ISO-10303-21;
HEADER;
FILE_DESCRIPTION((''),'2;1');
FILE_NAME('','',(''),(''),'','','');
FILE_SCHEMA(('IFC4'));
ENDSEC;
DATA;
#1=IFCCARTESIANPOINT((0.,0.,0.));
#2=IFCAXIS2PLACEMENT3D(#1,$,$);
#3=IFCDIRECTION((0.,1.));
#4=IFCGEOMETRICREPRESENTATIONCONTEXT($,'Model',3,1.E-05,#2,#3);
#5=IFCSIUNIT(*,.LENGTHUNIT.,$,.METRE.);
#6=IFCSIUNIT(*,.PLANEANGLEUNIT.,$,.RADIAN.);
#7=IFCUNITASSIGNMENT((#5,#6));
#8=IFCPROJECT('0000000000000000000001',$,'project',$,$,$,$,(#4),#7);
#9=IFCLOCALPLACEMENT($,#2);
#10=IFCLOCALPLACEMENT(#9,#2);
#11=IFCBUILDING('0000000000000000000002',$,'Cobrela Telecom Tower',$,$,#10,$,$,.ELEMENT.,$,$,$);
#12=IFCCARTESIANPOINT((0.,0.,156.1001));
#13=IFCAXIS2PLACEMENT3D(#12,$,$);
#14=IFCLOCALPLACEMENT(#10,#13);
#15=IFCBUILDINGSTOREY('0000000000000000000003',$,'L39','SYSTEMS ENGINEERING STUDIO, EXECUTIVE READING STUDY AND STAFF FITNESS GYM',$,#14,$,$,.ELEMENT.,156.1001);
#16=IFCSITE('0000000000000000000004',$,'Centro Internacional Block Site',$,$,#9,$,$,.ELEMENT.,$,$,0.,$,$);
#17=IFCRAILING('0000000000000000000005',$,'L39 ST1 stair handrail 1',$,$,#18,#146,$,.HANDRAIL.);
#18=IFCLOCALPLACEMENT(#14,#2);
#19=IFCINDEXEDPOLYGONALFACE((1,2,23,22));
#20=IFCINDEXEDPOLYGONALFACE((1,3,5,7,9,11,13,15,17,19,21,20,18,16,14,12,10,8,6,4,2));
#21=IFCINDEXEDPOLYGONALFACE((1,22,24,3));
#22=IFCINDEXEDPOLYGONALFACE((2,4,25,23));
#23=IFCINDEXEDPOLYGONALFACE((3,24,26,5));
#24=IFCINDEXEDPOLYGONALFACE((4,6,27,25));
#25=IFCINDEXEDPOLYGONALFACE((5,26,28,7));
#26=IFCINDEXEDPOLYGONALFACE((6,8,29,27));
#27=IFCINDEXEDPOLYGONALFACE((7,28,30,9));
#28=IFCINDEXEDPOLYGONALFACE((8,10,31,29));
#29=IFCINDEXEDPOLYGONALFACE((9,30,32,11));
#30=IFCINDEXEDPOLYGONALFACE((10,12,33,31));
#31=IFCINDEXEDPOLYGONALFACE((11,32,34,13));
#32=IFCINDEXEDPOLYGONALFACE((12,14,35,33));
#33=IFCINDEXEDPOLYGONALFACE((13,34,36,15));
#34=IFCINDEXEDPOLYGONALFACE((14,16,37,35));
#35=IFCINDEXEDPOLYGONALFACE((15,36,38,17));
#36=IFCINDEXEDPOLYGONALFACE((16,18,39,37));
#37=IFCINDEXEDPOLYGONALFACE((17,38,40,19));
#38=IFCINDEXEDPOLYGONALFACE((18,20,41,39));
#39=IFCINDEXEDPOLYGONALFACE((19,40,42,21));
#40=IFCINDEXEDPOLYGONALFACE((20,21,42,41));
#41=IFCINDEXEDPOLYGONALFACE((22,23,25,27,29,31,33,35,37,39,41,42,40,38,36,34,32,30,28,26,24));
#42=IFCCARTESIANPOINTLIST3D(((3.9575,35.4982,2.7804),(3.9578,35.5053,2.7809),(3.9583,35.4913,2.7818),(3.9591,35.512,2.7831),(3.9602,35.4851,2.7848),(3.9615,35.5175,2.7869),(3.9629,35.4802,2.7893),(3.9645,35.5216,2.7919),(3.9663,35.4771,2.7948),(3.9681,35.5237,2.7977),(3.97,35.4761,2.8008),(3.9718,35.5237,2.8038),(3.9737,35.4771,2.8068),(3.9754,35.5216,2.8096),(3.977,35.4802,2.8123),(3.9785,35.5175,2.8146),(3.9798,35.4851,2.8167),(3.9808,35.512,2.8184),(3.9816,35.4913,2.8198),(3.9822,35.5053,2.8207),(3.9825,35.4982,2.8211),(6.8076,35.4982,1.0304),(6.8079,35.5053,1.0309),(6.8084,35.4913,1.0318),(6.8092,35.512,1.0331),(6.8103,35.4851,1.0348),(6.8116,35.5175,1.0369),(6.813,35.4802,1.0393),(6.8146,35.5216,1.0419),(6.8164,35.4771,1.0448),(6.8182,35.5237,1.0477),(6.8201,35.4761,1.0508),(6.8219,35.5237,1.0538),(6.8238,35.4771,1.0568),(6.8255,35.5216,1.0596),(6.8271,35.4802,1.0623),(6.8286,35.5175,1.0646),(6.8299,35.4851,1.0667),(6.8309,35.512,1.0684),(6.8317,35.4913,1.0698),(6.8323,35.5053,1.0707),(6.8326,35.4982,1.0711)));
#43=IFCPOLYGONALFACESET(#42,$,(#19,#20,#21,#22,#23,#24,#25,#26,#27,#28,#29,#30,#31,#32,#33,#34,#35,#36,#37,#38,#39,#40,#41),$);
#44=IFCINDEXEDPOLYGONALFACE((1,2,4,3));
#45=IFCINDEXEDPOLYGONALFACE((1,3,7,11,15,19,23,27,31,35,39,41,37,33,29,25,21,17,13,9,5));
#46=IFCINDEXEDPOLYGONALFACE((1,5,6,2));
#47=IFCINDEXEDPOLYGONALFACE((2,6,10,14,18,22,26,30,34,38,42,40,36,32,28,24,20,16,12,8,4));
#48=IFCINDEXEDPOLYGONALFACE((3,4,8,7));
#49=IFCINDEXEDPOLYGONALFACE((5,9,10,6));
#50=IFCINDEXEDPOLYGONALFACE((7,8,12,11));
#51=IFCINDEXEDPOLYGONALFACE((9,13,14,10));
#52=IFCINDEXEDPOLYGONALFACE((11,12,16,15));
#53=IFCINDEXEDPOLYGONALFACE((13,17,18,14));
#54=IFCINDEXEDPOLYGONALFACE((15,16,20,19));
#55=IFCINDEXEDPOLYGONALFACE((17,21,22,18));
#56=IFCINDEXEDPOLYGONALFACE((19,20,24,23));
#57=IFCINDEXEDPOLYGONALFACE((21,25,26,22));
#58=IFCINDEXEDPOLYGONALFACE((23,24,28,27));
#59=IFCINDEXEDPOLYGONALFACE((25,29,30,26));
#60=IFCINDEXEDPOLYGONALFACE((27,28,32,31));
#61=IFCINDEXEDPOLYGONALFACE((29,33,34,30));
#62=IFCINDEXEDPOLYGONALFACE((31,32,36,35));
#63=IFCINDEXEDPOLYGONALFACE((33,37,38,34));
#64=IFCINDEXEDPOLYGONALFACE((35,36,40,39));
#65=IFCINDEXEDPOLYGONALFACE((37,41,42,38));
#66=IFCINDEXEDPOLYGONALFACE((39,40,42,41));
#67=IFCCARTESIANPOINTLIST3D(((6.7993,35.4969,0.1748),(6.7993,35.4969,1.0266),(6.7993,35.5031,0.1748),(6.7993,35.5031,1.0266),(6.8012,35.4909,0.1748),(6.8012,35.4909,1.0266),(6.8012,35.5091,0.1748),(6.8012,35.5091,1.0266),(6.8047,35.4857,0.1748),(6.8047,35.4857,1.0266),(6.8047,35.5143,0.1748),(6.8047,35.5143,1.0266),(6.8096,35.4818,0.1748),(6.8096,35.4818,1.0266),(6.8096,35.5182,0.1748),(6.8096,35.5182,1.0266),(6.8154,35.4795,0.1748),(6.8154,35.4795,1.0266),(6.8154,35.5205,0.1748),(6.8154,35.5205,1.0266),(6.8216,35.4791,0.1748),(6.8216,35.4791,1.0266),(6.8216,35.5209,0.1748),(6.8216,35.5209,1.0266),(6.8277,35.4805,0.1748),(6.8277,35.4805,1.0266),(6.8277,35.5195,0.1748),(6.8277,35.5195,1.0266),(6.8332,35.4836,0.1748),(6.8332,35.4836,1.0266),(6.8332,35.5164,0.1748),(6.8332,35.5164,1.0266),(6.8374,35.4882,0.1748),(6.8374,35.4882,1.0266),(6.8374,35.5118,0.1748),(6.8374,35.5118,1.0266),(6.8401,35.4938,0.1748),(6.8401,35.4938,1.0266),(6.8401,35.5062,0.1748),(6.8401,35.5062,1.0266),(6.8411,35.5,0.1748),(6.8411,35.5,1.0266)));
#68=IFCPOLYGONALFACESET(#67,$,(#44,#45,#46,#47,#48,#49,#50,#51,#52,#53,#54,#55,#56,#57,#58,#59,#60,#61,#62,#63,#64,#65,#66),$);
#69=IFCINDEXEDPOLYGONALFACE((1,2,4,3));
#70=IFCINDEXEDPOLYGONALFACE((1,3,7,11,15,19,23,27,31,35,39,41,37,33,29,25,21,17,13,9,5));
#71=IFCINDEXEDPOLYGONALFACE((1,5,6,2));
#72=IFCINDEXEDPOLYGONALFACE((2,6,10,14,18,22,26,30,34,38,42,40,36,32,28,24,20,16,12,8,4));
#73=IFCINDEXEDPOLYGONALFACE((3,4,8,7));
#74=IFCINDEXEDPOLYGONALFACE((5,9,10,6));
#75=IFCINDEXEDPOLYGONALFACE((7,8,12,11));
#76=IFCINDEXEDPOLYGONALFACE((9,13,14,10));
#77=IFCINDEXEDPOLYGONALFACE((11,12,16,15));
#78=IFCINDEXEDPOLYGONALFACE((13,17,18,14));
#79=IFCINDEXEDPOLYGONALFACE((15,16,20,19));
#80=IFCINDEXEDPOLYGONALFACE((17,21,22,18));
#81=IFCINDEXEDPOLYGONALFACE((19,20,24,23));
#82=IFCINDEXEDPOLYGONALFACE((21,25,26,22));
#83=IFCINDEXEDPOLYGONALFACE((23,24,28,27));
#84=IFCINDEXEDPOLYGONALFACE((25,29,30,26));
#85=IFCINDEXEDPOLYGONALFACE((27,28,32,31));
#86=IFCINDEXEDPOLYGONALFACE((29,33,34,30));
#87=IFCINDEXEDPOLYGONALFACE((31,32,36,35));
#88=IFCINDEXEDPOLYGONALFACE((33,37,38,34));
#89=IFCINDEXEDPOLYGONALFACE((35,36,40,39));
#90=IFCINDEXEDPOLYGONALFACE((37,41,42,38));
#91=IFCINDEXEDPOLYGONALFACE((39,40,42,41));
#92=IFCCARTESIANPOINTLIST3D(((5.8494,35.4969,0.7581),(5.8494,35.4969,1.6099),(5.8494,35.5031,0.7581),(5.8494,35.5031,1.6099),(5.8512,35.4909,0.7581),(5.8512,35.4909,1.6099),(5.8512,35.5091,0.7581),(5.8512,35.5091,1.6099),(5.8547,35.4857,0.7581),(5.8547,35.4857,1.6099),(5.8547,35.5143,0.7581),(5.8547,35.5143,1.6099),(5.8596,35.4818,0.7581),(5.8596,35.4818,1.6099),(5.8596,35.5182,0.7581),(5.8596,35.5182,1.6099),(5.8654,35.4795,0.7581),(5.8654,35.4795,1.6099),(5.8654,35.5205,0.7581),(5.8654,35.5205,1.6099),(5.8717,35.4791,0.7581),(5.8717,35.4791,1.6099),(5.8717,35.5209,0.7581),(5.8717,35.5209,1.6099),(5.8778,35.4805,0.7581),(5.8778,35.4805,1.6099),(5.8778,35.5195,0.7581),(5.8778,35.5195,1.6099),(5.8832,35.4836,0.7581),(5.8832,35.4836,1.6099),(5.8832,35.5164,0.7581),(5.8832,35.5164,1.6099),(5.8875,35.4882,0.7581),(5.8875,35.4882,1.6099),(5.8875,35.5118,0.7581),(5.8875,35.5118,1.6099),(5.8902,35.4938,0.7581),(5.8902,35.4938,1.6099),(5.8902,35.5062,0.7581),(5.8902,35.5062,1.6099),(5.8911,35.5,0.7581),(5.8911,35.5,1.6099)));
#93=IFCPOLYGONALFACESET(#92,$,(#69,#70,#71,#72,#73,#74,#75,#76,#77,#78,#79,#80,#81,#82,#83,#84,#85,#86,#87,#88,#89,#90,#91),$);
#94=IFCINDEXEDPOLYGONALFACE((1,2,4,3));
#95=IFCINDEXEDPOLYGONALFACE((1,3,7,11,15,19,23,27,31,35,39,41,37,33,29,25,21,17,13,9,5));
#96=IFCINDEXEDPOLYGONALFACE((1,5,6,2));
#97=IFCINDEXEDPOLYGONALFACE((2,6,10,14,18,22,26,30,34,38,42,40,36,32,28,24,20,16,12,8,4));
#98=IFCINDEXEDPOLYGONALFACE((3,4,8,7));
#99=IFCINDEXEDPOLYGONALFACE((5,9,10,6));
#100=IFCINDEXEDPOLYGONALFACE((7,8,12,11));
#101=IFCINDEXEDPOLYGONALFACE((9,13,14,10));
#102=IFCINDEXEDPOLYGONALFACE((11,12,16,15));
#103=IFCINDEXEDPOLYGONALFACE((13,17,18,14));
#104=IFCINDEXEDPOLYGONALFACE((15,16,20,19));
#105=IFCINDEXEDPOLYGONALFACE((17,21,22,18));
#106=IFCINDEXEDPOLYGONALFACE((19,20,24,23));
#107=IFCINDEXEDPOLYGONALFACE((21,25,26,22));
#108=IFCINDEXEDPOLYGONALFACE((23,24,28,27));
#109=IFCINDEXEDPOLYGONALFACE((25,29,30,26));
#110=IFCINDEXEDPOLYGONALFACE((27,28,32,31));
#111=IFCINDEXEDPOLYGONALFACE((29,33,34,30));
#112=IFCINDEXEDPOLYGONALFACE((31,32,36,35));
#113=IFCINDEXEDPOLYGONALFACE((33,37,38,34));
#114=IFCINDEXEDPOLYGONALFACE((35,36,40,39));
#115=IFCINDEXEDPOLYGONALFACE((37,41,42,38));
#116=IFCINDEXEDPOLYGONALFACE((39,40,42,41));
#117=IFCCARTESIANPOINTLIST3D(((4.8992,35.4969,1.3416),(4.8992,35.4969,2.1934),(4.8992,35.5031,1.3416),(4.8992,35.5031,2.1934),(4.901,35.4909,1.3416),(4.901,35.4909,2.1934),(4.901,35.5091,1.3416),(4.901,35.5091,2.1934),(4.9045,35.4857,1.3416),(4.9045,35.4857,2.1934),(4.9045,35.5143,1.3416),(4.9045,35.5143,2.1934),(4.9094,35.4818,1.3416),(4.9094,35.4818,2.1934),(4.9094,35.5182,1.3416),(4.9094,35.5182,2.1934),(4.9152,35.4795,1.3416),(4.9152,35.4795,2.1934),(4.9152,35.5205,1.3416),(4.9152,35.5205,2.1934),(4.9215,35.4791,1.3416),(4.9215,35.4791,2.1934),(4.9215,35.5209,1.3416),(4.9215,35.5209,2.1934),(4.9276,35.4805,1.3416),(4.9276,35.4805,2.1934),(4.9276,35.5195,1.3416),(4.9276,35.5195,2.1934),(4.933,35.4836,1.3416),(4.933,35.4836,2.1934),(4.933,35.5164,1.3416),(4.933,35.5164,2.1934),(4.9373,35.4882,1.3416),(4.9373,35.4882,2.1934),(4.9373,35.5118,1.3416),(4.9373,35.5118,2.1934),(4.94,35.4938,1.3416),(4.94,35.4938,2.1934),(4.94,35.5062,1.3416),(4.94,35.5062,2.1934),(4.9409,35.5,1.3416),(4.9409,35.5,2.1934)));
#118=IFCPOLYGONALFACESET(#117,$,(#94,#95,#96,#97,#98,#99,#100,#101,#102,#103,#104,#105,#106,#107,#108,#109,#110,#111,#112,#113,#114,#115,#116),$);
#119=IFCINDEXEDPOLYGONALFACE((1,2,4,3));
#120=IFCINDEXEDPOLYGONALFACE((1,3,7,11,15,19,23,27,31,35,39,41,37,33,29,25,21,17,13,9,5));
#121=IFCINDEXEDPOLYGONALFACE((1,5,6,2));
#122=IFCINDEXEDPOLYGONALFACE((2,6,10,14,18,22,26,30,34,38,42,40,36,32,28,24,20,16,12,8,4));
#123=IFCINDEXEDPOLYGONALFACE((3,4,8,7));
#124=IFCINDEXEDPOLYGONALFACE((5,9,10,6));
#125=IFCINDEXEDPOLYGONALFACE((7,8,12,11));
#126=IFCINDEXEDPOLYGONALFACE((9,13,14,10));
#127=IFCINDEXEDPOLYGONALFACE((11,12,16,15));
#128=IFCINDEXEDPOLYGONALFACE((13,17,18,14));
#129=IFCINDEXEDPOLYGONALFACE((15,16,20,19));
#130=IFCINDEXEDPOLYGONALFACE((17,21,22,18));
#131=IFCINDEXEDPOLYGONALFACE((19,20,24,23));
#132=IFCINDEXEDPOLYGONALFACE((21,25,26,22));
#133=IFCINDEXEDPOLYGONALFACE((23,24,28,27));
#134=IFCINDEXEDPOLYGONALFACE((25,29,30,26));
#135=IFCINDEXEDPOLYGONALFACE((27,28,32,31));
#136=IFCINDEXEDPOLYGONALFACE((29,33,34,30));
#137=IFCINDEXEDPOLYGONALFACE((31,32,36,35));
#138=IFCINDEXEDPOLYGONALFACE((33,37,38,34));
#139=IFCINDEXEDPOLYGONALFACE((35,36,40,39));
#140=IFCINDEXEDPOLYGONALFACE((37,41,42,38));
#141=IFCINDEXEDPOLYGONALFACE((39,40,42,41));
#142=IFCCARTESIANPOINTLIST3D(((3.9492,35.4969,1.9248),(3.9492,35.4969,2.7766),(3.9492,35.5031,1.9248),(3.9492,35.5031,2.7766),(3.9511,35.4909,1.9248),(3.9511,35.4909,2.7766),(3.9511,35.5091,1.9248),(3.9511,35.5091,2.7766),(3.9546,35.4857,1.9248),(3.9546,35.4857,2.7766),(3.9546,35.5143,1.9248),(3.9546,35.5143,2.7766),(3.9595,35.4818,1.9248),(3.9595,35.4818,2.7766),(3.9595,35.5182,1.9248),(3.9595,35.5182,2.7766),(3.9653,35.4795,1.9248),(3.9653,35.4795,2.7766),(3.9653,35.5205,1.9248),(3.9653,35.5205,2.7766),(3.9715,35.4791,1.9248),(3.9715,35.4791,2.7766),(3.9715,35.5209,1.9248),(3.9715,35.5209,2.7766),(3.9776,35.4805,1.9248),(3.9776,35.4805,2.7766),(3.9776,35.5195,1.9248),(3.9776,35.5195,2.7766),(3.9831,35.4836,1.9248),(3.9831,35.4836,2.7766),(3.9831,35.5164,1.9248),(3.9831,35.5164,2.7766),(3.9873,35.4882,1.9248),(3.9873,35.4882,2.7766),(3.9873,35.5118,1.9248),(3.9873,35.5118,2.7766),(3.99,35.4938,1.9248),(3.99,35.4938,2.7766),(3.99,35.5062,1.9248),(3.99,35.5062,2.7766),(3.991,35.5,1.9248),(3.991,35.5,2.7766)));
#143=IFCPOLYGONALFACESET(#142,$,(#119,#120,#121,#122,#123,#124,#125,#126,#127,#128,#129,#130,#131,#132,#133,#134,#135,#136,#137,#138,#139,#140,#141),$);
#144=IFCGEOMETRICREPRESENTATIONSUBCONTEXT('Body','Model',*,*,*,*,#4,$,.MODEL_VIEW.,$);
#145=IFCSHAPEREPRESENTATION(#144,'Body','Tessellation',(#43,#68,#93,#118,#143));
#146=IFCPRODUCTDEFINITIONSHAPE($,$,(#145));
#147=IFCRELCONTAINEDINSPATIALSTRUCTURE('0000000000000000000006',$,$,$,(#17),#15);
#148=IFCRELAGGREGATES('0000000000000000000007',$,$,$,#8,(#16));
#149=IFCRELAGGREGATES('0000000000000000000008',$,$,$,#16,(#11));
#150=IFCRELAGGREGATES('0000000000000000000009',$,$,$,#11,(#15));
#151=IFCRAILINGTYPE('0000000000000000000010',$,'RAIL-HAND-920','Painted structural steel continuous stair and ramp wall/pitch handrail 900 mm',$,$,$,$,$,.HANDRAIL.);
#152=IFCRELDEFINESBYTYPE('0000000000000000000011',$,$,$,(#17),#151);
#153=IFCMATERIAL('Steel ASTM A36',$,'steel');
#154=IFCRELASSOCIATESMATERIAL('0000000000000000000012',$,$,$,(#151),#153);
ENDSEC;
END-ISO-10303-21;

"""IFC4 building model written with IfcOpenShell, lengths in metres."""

from ifc_helpers import new_model, si_unit, direction, frame, origin, origin_2d, place, context, subcontext, project, spatial, circle, extrude, material, type_object, element, save


model = new_model("IFC4")

# Units and contexts
model_context = context("Model", 3, precision=1e-05, world=origin(), true_north=direction((0.0, 1.0)))
body_context = subcontext(model_context, "Body", "Model", "MODEL_VIEW")
ifc_project = project(units=[si_unit("LENGTHUNIT", "METRE"), si_unit("PLANEANGLEUNIT", "RADIAN")], contexts=[model_context])

# Site, building, storey
site_placement = place(None, origin())
site = spatial("IfcSite", under=ifc_project, at=site_placement, Name="Centro Internacional Block Site", CompositionType="ELEMENT", RefElevation=0.0)
building_placement = place(site_placement, origin())
building = spatial("IfcBuilding", under=site, at=building_placement, Name="Cobrela Telecom Tower", CompositionType="ELEMENT")
storey_placement = place(building_placement, frame((0.0, 0.0, 156.1001)))
storey = spatial("IfcBuildingStorey", under=building, at=storey_placement, Name="L39", Description="SYSTEMS ENGINEERING STUDIO, EXECUTIVE READING STUDY AND STAFF FITNESS GYM", CompositionType="ELEMENT", Elevation=156.1001)

# Shared definitions
ifc_material_1 = material(Name="Steel ASTM A36", Category="steel")

# Railing
railing_type_1 = type_object("IfcRailingType", Name="RAIL-HAND-920", Description="Painted structural steel continuous stair and ramp wall/pitch handrail 900 mm", PredefinedType="HANDRAIL", material=ifc_material_1)
railing_1_placement = place(storey_placement, frame((6.8201, 35.5, 0.1748)))
element("IfcRailing", 1, at=railing_1_placement, inside=storey, type_object=railing_type_1, Name="L39 ST1 stair handrail 1", PredefinedType="HANDRAIL", context=body_context, shape_type="SweptSolid", body=[
    extrude(circle(Radius=0.0239, at=origin_2d()), frame((0.0, 0.0, 0.876), z_axis=(-0.852179, 0.0, 0.52325), x_axis=(0.0, -1.0, 0.0)), (0.0, 0.0, 1.0), 3.3445),
    extrude(circle(Radius=0.021, at=origin_2d()), origin(), (0.0, 0.0, 1.0), 0.8518),
    extrude(circle(Radius=0.021, at=origin_2d()), frame((-0.95, 0.0, 0.5833)), (0.0, 0.0, 1.0), 0.8518),
    extrude(circle(Radius=0.021, at=origin_2d()), frame((-1.9001, 0.0, 1.1667)), (0.0, 0.0, 1.0), 0.8518),
    extrude(circle(Radius=0.021, at=origin_2d()), frame((-2.8501, 0.0, 1.75)), (0.0, 0.0, 1.0), 0.8518),
])

save(model, "model.ifc")
